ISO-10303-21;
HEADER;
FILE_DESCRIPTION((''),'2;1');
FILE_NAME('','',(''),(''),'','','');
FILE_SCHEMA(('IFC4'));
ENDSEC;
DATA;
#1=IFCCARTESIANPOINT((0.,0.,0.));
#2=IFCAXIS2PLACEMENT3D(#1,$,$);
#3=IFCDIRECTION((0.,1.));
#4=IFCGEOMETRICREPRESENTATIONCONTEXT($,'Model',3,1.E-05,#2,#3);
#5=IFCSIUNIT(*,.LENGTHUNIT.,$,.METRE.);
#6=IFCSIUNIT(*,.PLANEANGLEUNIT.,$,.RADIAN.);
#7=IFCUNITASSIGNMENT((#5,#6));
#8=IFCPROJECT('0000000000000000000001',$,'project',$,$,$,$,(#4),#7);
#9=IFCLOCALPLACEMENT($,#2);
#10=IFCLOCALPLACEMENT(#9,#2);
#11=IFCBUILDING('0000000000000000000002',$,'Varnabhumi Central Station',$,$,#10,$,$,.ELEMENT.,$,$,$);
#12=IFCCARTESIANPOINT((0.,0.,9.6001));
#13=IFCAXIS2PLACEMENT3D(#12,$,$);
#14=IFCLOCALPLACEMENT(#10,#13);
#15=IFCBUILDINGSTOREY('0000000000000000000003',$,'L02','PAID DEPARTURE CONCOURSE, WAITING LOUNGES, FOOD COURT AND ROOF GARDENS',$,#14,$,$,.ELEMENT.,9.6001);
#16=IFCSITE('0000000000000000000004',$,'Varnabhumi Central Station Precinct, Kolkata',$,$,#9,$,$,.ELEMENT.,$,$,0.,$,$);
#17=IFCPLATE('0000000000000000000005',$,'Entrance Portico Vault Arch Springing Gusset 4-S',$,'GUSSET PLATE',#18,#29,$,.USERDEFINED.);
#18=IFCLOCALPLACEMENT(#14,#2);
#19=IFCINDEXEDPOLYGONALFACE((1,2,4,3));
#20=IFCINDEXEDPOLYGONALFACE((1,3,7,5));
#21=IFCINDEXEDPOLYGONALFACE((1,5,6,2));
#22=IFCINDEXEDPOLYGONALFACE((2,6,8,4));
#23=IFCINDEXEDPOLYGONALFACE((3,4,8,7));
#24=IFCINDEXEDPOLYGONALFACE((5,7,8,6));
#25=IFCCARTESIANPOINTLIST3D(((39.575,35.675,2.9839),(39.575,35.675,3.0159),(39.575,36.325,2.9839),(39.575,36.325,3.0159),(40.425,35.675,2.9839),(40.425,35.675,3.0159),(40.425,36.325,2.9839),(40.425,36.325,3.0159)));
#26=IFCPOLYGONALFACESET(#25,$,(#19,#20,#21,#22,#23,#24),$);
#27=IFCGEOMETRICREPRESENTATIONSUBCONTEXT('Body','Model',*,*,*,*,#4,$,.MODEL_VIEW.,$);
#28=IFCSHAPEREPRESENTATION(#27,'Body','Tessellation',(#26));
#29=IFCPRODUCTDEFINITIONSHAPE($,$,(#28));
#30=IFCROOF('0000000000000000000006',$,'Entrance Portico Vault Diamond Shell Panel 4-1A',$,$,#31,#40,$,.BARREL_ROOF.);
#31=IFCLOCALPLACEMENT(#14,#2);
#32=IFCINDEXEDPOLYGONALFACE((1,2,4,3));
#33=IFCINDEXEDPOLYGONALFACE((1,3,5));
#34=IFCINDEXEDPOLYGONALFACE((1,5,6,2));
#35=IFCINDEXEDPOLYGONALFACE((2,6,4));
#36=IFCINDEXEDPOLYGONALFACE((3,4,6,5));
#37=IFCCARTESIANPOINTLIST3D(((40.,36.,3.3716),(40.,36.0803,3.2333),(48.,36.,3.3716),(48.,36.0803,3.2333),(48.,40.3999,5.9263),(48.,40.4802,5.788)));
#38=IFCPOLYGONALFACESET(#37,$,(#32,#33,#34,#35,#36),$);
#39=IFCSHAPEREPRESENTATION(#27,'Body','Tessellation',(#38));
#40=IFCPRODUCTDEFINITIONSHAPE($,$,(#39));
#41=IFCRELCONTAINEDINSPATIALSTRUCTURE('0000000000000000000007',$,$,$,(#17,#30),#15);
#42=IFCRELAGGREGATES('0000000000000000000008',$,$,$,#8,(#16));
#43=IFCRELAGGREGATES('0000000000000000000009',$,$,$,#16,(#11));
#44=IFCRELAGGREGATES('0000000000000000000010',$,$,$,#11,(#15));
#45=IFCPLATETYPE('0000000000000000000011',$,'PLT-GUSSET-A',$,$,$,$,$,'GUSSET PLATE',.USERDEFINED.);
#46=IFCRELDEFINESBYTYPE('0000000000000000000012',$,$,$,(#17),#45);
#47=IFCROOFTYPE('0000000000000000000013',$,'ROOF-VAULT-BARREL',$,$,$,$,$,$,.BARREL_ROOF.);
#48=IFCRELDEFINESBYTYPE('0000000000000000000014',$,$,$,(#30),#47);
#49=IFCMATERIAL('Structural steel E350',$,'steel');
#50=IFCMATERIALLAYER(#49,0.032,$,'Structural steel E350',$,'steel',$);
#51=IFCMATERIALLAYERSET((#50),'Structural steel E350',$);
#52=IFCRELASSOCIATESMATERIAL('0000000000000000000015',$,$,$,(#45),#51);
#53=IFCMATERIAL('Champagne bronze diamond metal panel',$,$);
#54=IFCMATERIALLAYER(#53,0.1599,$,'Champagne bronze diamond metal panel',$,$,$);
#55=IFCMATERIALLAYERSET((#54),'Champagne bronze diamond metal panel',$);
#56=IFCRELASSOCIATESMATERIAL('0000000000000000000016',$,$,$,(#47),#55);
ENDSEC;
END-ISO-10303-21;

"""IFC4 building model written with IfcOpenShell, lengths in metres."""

from ifc_helpers import new_model, si_unit, direction, frame, origin, origin_2d, place, context, subcontext, project, spatial, polyline, rectangle, outline, extrude, material, layer, layer_set, type_object, element, save


model = new_model("IFC4")

# Units and contexts
model_context = context("Model", 3, precision=1e-05, world=origin(), true_north=direction((0.0, 1.0)))
body_context = subcontext(model_context, "Body", "Model", "MODEL_VIEW")
ifc_project = project(units=[si_unit("LENGTHUNIT", "METRE"), si_unit("PLANEANGLEUNIT", "RADIAN")], contexts=[model_context])

# Site, building, storey
site_placement = place(None, origin())
site = spatial("IfcSite", under=ifc_project, at=site_placement, Name="Varnabhumi Central Station Precinct, Kolkata", CompositionType="ELEMENT", RefElevation=0.0)
building_placement = place(site_placement, origin())
building = spatial("IfcBuilding", under=site, at=building_placement, Name="Varnabhumi Central Station", CompositionType="ELEMENT")
storey_placement = place(building_placement, frame((0.0, 0.0, 9.6001)))
storey = spatial("IfcBuildingStorey", under=building, at=storey_placement, Name="L02", Description="PAID DEPARTURE CONCOURSE, WAITING LOUNGES, FOOD COURT AND ROOF GARDENS", CompositionType="ELEMENT", Elevation=9.6001)

# Shared definitions
ifc_material_1 = material(Name="Structural steel E350", Category="steel")

# Plate
ifc_layer_1 = layer(ifc_material_1, 0.032, Name="Structural steel E350", Category="steel")
ifc_layer_set_1 = layer_set([ifc_layer_1], Name="Structural steel E350")
plate_type_1 = type_object("IfcPlateType", Name="PLT-GUSSET-A", ElementType="GUSSET PLATE", PredefinedType="USERDEFINED", material=ifc_layer_set_1)
plate_1_placement = place(storey_placement, frame((40.0, 36.0, 2.9839), z_axis=(0.0, 0.0, 1.0), x_axis=(1.0, 0.0, 0.0)))
element("IfcPlate", 1, at=plate_1_placement, inside=storey, type_object=plate_type_1, Name="Entrance Portico Vault Arch Springing Gusset 4-S", ObjectType="GUSSET PLATE", PredefinedType="USERDEFINED", context=body_context, shape_type="SweptSolid", body=[
    extrude(rectangle(XDim=0.8501, YDim=0.6499, at=origin_2d()), origin(), (0.0, 0.0, 1.0), 0.032),
])

# Roof
ifc_material_2 = material(Name="Champagne bronze diamond metal panel")
ifc_layer_2 = layer(ifc_material_2, 0.1599, Name="Champagne bronze diamond metal panel")
ifc_layer_set_2 = layer_set([ifc_layer_2], Name="Champagne bronze diamond metal panel")
roof_type = type_object("IfcRoofType", Name="ROOF-VAULT-BARREL", PredefinedType="BARREL_ROOF", material=ifc_layer_set_2)
roof_placement = place(storey_placement, frame((40.0, 36.0, 3.3716), z_axis=(0.0, -0.502122, 0.864797), x_axis=(1.0, 0.0, 0.0)))
element("IfcRoof", 2, at=roof_placement, inside=storey, type_object=roof_type, Name="Entrance Portico Vault Diamond Shell Panel 4-1A", PredefinedType="BARREL_ROOF", context=body_context, shape_type="SweptSolid", body=[
    extrude(outline(polyline([(0.0, 0.0), (8.0, 0.0), (8.0, 5.0878), (0.0, 0.0)])), origin(), (0.0, 0.0, -1.0), 0.1599),
])

save(model, "model.ifc")
